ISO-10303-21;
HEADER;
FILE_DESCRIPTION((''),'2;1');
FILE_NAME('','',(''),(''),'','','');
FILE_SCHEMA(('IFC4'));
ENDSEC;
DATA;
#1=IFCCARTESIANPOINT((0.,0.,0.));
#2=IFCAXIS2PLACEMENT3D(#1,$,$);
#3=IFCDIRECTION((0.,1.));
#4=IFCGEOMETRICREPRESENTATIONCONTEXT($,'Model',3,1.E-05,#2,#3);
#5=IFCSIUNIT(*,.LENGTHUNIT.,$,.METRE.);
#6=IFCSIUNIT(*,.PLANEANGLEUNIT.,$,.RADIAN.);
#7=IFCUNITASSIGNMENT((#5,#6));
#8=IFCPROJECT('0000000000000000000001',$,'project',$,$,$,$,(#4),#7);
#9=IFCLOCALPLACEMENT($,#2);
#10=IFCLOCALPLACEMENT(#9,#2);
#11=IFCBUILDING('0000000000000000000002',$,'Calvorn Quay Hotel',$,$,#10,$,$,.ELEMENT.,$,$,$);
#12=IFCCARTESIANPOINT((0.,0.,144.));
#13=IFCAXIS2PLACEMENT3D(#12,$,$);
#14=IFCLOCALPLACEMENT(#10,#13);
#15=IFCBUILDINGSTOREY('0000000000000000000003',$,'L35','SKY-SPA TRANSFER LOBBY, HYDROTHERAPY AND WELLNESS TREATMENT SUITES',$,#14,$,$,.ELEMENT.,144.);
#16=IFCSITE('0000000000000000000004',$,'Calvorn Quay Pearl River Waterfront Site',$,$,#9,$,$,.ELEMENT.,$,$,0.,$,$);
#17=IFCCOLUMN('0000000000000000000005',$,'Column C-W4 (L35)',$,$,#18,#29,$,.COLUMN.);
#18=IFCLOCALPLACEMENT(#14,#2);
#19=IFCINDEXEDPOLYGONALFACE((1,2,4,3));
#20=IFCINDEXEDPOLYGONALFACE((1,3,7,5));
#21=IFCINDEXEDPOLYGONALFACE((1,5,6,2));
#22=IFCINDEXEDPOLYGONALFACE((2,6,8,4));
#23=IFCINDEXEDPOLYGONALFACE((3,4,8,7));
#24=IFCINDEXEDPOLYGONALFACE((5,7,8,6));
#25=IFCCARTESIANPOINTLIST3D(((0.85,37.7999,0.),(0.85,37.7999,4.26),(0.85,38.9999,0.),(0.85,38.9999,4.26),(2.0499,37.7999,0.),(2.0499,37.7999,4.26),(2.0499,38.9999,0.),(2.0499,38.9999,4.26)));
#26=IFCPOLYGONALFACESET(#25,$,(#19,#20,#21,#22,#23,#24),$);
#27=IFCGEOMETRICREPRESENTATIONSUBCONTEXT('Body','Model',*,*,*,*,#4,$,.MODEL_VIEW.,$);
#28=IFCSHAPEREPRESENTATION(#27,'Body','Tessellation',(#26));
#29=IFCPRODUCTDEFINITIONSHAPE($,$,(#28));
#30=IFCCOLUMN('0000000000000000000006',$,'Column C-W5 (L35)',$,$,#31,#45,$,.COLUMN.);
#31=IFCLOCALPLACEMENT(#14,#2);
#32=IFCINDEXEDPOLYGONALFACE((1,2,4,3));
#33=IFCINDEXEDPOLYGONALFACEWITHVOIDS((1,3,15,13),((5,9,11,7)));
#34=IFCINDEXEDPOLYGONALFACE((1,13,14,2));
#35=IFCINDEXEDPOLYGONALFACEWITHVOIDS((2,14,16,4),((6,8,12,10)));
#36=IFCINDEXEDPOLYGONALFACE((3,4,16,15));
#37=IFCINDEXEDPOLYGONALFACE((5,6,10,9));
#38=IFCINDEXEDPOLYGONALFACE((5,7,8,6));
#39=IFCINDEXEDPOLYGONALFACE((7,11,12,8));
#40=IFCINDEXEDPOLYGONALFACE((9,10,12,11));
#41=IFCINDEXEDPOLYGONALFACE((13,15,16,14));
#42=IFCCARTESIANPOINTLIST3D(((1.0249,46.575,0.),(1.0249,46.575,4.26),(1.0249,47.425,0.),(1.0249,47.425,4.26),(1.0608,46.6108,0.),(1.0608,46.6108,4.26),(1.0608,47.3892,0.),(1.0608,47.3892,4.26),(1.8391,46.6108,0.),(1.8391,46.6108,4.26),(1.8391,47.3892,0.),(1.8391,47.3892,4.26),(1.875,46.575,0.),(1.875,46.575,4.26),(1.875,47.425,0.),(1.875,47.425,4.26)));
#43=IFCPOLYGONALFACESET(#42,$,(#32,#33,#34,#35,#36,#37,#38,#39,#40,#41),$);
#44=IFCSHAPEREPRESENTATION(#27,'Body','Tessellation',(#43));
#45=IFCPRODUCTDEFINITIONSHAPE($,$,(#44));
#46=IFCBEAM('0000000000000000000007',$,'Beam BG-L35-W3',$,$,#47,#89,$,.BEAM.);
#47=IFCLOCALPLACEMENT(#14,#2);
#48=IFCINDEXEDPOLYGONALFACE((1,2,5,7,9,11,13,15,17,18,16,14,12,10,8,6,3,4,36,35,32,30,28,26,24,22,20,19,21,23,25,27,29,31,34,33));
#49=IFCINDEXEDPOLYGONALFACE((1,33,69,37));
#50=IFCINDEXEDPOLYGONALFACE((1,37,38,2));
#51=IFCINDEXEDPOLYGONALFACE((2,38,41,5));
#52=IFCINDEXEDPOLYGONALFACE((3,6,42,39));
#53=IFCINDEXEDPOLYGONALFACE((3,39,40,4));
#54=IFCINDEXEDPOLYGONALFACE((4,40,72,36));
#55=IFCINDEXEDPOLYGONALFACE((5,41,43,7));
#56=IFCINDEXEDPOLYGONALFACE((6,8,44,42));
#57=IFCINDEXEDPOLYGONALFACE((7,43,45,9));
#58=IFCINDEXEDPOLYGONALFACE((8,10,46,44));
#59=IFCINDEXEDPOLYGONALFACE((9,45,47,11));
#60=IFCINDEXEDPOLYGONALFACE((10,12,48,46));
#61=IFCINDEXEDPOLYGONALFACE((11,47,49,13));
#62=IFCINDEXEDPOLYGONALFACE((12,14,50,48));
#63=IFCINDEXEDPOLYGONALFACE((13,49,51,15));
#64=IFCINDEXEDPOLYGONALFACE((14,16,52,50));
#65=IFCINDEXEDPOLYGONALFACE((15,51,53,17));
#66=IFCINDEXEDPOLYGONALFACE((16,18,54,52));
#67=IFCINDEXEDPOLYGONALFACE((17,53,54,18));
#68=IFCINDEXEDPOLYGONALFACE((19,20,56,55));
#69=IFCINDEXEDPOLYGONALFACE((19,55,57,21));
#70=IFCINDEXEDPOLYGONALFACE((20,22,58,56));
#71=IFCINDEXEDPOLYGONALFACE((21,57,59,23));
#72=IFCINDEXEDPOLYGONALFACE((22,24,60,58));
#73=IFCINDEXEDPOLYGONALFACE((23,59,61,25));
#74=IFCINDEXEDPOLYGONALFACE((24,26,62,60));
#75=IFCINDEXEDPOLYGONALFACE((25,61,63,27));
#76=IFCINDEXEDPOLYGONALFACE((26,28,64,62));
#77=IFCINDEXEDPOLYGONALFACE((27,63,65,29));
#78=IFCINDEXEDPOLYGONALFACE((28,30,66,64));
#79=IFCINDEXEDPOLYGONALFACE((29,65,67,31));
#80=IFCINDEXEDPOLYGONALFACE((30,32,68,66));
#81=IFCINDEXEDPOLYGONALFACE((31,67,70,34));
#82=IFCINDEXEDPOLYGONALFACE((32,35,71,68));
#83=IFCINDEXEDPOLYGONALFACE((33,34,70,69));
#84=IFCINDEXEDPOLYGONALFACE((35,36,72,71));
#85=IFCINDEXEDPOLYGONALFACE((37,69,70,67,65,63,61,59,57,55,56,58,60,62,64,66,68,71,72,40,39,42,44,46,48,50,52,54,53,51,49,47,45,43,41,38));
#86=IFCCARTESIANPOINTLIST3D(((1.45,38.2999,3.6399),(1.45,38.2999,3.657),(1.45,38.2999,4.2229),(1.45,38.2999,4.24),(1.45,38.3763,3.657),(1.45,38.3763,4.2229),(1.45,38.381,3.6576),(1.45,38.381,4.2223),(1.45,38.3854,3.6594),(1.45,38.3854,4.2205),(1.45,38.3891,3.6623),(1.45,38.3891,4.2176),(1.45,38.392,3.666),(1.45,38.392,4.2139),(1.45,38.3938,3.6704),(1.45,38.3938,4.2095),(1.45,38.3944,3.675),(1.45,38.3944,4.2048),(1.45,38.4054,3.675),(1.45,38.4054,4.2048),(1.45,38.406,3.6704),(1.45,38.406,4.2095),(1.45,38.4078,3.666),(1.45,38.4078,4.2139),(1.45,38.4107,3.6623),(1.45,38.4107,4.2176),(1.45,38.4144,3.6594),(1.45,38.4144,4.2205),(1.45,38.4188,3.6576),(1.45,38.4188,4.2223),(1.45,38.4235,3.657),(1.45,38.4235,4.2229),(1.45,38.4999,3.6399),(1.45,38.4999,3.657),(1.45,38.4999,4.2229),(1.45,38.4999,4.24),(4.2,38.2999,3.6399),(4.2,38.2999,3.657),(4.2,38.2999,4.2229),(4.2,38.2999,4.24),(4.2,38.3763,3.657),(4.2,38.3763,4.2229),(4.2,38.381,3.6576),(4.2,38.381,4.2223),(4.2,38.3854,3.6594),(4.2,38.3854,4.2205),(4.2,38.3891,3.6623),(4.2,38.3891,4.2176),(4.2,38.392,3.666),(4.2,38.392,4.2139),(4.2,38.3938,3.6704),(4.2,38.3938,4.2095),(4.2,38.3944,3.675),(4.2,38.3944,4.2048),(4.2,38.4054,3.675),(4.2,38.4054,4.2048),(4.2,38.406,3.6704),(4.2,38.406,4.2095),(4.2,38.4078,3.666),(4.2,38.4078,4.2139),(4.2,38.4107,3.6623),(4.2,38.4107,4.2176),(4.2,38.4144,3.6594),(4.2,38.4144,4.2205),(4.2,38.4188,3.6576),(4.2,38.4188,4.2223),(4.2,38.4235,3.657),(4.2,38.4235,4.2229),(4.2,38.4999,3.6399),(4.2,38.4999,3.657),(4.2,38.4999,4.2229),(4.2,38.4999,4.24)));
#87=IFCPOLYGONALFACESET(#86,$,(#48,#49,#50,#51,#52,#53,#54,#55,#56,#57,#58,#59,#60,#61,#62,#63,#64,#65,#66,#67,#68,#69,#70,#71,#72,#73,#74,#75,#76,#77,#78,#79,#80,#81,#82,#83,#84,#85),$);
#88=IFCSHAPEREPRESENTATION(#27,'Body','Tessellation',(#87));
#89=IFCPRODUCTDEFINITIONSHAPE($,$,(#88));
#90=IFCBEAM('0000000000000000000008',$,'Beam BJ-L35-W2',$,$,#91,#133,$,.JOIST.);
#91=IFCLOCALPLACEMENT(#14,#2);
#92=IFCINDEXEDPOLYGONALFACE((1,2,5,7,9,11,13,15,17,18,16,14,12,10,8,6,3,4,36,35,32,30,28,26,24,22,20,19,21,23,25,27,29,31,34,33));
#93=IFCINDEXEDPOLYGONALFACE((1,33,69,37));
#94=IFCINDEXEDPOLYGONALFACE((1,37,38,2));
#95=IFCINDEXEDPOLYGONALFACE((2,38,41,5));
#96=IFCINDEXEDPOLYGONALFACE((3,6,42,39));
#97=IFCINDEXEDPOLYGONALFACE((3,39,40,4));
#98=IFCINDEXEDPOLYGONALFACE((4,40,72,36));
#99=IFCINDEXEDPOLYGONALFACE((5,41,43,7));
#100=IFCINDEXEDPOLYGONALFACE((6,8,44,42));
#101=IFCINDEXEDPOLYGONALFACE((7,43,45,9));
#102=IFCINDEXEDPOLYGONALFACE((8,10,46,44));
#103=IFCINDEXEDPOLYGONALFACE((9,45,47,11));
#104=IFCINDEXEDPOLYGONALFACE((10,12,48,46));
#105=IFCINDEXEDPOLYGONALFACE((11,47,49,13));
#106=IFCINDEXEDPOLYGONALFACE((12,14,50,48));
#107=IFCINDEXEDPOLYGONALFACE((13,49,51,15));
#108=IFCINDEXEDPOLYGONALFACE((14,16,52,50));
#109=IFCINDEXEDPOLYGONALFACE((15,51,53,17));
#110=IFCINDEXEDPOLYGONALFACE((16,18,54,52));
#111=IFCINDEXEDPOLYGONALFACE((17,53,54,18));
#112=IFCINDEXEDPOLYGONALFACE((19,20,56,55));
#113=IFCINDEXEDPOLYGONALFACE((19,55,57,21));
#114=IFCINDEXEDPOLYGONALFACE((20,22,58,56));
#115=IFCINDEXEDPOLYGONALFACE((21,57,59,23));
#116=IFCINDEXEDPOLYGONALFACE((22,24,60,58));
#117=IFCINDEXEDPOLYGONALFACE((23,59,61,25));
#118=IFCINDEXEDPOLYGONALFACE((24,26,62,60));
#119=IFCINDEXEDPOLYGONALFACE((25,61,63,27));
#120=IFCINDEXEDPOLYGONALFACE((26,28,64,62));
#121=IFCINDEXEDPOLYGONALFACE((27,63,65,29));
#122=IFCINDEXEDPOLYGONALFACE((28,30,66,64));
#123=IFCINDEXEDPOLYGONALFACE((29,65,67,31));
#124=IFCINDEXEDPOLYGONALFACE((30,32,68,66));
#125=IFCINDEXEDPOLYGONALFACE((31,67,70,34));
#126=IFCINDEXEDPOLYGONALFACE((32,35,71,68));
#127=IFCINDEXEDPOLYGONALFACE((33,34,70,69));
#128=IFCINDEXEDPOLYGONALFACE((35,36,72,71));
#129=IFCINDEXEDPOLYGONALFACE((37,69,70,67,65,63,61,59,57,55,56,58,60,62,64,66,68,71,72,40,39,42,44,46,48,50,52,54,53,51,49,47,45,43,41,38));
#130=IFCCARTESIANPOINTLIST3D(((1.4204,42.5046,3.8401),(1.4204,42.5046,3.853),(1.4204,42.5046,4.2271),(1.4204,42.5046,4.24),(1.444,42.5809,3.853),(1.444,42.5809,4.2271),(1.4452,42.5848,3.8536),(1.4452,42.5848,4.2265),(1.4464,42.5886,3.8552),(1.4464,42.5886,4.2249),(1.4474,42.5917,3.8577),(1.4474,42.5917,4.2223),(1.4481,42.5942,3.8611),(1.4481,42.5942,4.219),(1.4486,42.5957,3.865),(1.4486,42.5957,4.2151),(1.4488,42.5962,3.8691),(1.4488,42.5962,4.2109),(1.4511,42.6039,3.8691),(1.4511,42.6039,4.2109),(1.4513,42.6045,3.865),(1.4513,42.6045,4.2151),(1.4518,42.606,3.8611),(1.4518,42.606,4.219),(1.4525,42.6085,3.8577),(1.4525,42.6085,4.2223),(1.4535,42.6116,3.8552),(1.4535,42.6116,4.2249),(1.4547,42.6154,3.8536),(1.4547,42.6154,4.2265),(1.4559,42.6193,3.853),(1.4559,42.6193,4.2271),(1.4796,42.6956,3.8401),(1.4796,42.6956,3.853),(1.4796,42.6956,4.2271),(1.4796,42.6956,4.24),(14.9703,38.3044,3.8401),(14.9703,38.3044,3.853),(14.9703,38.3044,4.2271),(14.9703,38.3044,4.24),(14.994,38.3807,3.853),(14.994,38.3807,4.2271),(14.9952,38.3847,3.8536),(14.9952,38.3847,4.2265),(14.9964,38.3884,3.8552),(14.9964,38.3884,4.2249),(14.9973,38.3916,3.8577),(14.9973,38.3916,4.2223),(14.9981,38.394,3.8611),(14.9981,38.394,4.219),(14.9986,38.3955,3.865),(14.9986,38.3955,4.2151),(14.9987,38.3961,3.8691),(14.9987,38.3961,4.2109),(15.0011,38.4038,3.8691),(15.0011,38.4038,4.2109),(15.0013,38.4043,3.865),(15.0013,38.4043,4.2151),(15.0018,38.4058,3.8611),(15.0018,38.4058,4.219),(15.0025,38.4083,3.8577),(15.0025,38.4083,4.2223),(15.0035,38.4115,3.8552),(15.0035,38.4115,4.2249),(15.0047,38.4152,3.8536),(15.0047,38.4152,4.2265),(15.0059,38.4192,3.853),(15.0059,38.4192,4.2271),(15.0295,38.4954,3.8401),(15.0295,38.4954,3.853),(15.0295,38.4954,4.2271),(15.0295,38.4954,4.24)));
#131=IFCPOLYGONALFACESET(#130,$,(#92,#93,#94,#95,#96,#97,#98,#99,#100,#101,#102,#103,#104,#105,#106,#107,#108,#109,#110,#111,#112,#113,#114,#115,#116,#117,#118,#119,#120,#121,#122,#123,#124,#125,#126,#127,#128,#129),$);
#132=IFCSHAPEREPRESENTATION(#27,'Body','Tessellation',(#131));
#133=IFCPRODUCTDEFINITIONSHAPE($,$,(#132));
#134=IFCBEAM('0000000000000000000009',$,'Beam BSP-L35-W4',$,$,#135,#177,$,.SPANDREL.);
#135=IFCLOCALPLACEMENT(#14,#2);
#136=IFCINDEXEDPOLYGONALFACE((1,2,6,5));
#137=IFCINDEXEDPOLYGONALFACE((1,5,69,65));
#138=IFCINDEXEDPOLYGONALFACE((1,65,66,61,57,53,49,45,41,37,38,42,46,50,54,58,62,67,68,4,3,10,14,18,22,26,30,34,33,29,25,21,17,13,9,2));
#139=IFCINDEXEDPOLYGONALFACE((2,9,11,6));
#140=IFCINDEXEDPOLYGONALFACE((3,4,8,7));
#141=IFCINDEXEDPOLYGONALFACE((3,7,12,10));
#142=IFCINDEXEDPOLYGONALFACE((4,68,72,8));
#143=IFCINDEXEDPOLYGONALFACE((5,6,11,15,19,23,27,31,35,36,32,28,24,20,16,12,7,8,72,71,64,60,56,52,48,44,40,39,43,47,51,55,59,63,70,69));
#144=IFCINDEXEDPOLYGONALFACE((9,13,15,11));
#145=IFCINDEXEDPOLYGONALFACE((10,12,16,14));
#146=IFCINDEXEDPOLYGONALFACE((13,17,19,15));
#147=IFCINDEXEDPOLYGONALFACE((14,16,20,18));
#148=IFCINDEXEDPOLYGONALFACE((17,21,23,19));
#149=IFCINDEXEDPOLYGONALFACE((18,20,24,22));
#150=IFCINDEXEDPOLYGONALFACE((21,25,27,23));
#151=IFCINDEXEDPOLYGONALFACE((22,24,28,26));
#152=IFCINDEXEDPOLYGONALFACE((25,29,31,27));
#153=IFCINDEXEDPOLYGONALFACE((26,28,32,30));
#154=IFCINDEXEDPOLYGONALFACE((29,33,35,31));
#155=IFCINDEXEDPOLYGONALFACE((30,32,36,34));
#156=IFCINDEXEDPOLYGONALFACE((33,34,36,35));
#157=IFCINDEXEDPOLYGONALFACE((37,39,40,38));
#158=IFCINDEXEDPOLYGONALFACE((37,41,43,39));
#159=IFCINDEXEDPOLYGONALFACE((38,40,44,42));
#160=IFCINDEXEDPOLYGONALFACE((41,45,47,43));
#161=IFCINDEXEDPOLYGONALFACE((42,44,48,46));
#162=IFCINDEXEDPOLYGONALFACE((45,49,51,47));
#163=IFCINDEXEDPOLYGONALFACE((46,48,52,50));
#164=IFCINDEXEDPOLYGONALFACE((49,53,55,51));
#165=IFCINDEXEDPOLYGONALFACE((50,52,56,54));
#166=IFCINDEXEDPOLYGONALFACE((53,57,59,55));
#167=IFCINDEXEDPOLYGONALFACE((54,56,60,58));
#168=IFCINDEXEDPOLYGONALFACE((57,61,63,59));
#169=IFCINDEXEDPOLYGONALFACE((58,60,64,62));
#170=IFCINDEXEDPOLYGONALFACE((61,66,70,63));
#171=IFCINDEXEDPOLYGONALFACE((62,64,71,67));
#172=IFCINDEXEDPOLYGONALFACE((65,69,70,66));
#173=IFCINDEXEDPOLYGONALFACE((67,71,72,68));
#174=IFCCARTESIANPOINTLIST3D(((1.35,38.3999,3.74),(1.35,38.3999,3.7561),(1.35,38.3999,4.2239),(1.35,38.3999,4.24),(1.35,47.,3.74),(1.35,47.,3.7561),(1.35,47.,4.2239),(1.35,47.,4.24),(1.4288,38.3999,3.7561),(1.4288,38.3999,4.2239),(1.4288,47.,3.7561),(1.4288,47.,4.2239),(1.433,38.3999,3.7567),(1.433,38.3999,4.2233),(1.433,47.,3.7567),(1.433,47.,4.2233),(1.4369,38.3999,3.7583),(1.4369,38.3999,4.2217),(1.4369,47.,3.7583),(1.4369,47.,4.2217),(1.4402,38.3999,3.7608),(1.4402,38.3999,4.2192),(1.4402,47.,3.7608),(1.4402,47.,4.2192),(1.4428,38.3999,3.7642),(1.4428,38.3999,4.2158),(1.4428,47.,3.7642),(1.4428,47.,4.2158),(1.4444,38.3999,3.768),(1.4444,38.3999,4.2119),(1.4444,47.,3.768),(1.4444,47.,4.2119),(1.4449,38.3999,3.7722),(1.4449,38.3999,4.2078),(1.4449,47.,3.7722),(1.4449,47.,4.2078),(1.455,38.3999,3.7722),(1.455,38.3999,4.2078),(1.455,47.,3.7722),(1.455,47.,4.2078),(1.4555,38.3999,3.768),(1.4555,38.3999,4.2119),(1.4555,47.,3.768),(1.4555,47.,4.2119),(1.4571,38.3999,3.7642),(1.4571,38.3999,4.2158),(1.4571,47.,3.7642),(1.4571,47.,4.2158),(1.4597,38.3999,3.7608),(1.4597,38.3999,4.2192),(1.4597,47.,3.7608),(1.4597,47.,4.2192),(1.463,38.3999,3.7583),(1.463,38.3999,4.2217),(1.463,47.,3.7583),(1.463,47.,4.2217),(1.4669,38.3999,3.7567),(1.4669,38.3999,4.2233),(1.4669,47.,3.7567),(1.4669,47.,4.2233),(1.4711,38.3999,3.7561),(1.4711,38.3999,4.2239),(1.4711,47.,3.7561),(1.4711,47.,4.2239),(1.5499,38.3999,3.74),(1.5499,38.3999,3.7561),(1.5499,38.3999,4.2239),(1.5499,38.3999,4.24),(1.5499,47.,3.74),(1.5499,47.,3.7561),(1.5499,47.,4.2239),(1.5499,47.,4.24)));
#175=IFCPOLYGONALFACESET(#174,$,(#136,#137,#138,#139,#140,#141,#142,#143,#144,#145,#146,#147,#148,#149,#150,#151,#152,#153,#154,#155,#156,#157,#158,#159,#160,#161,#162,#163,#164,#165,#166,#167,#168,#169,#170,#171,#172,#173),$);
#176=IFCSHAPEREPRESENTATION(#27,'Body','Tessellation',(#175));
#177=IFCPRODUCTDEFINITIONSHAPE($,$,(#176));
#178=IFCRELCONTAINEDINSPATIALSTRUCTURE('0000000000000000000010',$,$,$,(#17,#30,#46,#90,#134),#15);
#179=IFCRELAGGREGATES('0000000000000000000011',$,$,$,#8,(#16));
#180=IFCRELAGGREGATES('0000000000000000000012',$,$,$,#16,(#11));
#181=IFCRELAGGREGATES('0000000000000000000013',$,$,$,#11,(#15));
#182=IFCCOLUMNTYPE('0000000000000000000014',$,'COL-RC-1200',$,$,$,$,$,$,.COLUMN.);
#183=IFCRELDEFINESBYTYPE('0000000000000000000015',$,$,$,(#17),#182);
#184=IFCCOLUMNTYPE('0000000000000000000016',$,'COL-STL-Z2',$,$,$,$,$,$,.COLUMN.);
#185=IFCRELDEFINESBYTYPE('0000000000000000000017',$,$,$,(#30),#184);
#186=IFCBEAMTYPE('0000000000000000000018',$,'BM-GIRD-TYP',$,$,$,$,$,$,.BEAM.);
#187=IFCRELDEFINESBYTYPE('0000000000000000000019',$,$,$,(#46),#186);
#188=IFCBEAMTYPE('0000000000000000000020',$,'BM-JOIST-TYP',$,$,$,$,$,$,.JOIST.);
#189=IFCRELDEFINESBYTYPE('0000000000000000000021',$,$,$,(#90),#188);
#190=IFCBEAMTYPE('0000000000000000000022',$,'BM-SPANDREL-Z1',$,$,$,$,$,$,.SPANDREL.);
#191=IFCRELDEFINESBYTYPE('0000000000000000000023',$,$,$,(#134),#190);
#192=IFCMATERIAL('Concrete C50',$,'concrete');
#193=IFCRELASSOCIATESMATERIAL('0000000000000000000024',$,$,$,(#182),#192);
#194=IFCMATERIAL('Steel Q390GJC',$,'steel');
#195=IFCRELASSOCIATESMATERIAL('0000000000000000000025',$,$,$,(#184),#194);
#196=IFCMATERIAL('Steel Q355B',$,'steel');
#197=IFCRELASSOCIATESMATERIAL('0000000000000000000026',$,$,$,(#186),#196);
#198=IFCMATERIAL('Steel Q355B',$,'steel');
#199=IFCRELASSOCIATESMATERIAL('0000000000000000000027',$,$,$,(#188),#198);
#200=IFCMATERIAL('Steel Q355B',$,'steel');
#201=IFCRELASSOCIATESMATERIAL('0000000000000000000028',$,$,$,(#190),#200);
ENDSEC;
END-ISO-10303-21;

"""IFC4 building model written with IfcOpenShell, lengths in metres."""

from ifc_helpers import new_model, si_unit, direction, frame, origin, origin_2d, place, context, subcontext, project, spatial, rectangle, hollow_rectangle, i_section, extrude, material, material_profile, profile_set, type_object, element, save


model = new_model("IFC4")

# Units and contexts
model_context = context("Model", 3, precision=1e-05, world=origin(), true_north=direction((0.0, 1.0)))
body_context = subcontext(model_context, "Body", "Model", "MODEL_VIEW")
ifc_project = project(units=[si_unit("LENGTHUNIT", "METRE"), si_unit("PLANEANGLEUNIT", "RADIAN")], contexts=[model_context])

# Site, building, storey
site_placement = place(None, origin())
site = spatial("IfcSite", under=ifc_project, at=site_placement, Name="Calvorn Quay Pearl River Waterfront Site", CompositionType="ELEMENT", RefElevation=0.0)
building_placement = place(site_placement, origin())
building = spatial("IfcBuilding", under=site, at=building_placement, Name="Calvorn Quay Hotel", CompositionType="ELEMENT")
storey_placement = place(building_placement, frame((0.0, 0.0, 144.0)))
storey = spatial("IfcBuildingStorey", under=building, at=storey_placement, Name="L35", Description="SKY-SPA TRANSFER LOBBY, HYDROTHERAPY AND WELLNESS TREATMENT SUITES", CompositionType="ELEMENT", Elevation=144.0)

# Columns
ifc_material_1 = material(Name="Concrete C50", Category="concrete")
ifc_material_profile_1 = material_profile(ifc_material_1, rectangle(XDim=1.2, YDim=1.2, at=origin_2d()), Name="RC1200x1200")
ifc_profile_set_1 = profile_set([ifc_material_profile_1], Name="Concrete C50")
column_type_1 = type_object("IfcColumnType", Name="COL-RC-1200", PredefinedType="COLUMN", material=ifc_profile_set_1)
column_1_placement = place(storey_placement, frame((1.45, 38.3999, 0.0), z_axis=(0.0, 0.0, 1.0), x_axis=(1.0, 0.0, 0.0)))
element("IfcColumn", 1, at=column_1_placement, inside=storey, type_object=column_type_1, Name="Column C-W4 (L35)", PredefinedType="COLUMN", context=body_context, shape_type="SweptSolid", body=[
    extrude(rectangle(XDim=1.2, YDim=1.2, at=origin_2d()), origin(), (0.0, 0.0, 1.0), 4.26),
])
ifc_material_2 = material(Name="Steel Q390GJC", Category="steel")
ifc_material_profile_2 = material_profile(ifc_material_2, hollow_rectangle(XDim=0.8501, YDim=0.8501, WallThickness=0.0359, at=origin_2d()), Name="BOX850x850x36")
ifc_profile_set_2 = profile_set([ifc_material_profile_2], Name="Steel Q390GJC")
column_type_2 = type_object("IfcColumnType", Name="COL-STL-Z2", PredefinedType="COLUMN", material=ifc_profile_set_2)
column_2_placement = place(storey_placement, frame((1.45, 47.0, 0.0), z_axis=(0.0, 0.0, 1.0), x_axis=(1.0, 0.0, 0.0)))
element("IfcColumn", 2, at=column_2_placement, inside=storey, type_object=column_type_2, Name="Column C-W5 (L35)", PredefinedType="COLUMN", context=body_context, shape_type="SweptSolid", body=[
    extrude(hollow_rectangle(XDim=0.8501, YDim=0.8501, WallThickness=0.0359, at=origin_2d()), origin(), (0.0, 0.0, 1.0), 4.26),
])

# Beams
ifc_material_3 = material(Name="Steel Q355B", Category="steel")
ifc_material_profile_3 = material_profile(ifc_material_3, i_section(OverallWidth=0.2, OverallDepth=0.6001, WebThickness=0.011, FlangeThickness=0.0171, FilletRadius=0.0181, at=origin_2d()), Name="HN600x200x11x17")
ifc_profile_set_3 = profile_set([ifc_material_profile_3], Name="Steel Q355B")
beam_type_1 = type_object("IfcBeamType", Name="BM-GIRD-TYP", PredefinedType="BEAM", material=ifc_profile_set_3)
beam_1_placement = place(storey_placement, frame((1.45, 38.3999, 3.9399), z_axis=(1.0, 0.0, 0.0), x_axis=(0.0, 1.0, 0.0)))
element("IfcBeam", 3, at=beam_1_placement, inside=storey, type_object=beam_type_1, Name="Beam BG-L35-W3", PredefinedType="BEAM", context=body_context, shape_type="SweptSolid", body=[
    extrude(i_section(OverallWidth=0.2, OverallDepth=0.6001, WebThickness=0.011, FlangeThickness=0.0171, FilletRadius=0.0181, at=origin_2d()), origin(), (0.0, 0.0, 1.0), 2.75),
])
ifc_material_4 = material(Name="Steel Q355B", Category="steel")
ifc_material_profile_4 = material_profile(ifc_material_4, i_section(OverallWidth=0.2, OverallDepth=0.3999, WebThickness=0.0081, FlangeThickness=0.0129, FilletRadius=0.0161, at=origin_2d()), Name="HN400x200x8x13")
ifc_profile_set_4 = profile_set([ifc_material_profile_4], Name="Steel Q355B")
beam_type_2 = type_object("IfcBeamType", Name="BM-JOIST-TYP", PredefinedType="JOIST", material=ifc_profile_set_4)
beam_2_placement = place(storey_placement, frame((1.45, 42.6001, 4.04), z_axis=(0.955164, -0.296078, 0.0), x_axis=(0.296078, 0.955164, 0.0)))
element("IfcBeam", 4, at=beam_2_placement, inside=storey, type_object=beam_type_2, Name="Beam BJ-L35-W2", PredefinedType="JOIST", context=body_context, shape_type="SweptSolid", body=[
    extrude(i_section(OverallWidth=0.2, OverallDepth=0.3999, WebThickness=0.0081, FlangeThickness=0.0129, FilletRadius=0.0161, at=origin_2d()), origin(), (0.0, 0.0, 1.0), 14.186),
])
ifc_material_5 = material(Name="Steel Q355B", Category="steel")
ifc_material_profile_5 = material_profile(ifc_material_5, i_section(OverallWidth=0.2, OverallDepth=0.5, WebThickness=0.01, FlangeThickness=0.0161, FilletRadius=0.0161, at=origin_2d()), Name="HN500x200x10x16")
ifc_profile_set_5 = profile_set([ifc_material_profile_5], Name="Steel Q355B")
beam_type_3 = type_object("IfcBeamType", Name="BM-SPANDREL-Z1", PredefinedType="SPANDREL", material=ifc_profile_set_5)
beam_3_placement = place(storey_placement, frame((1.45, 38.3999, 3.99), z_axis=(0.0, 1.0, 0.0), x_axis=(-1.0, 0.0, 0.0)))
element("IfcBeam", 5, at=beam_3_placement, inside=storey, type_object=beam_type_3, Name="Beam BSP-L35-W4", PredefinedType="SPANDREL", context=body_context, shape_type="SweptSolid", body=[
    extrude(i_section(OverallWidth=0.2, OverallDepth=0.5, WebThickness=0.01, FlangeThickness=0.0161, FilletRadius=0.0161, at=origin_2d()), origin(), (0.0, 0.0, 1.0), 8.6001),
])

save(model, "model.ifc")
